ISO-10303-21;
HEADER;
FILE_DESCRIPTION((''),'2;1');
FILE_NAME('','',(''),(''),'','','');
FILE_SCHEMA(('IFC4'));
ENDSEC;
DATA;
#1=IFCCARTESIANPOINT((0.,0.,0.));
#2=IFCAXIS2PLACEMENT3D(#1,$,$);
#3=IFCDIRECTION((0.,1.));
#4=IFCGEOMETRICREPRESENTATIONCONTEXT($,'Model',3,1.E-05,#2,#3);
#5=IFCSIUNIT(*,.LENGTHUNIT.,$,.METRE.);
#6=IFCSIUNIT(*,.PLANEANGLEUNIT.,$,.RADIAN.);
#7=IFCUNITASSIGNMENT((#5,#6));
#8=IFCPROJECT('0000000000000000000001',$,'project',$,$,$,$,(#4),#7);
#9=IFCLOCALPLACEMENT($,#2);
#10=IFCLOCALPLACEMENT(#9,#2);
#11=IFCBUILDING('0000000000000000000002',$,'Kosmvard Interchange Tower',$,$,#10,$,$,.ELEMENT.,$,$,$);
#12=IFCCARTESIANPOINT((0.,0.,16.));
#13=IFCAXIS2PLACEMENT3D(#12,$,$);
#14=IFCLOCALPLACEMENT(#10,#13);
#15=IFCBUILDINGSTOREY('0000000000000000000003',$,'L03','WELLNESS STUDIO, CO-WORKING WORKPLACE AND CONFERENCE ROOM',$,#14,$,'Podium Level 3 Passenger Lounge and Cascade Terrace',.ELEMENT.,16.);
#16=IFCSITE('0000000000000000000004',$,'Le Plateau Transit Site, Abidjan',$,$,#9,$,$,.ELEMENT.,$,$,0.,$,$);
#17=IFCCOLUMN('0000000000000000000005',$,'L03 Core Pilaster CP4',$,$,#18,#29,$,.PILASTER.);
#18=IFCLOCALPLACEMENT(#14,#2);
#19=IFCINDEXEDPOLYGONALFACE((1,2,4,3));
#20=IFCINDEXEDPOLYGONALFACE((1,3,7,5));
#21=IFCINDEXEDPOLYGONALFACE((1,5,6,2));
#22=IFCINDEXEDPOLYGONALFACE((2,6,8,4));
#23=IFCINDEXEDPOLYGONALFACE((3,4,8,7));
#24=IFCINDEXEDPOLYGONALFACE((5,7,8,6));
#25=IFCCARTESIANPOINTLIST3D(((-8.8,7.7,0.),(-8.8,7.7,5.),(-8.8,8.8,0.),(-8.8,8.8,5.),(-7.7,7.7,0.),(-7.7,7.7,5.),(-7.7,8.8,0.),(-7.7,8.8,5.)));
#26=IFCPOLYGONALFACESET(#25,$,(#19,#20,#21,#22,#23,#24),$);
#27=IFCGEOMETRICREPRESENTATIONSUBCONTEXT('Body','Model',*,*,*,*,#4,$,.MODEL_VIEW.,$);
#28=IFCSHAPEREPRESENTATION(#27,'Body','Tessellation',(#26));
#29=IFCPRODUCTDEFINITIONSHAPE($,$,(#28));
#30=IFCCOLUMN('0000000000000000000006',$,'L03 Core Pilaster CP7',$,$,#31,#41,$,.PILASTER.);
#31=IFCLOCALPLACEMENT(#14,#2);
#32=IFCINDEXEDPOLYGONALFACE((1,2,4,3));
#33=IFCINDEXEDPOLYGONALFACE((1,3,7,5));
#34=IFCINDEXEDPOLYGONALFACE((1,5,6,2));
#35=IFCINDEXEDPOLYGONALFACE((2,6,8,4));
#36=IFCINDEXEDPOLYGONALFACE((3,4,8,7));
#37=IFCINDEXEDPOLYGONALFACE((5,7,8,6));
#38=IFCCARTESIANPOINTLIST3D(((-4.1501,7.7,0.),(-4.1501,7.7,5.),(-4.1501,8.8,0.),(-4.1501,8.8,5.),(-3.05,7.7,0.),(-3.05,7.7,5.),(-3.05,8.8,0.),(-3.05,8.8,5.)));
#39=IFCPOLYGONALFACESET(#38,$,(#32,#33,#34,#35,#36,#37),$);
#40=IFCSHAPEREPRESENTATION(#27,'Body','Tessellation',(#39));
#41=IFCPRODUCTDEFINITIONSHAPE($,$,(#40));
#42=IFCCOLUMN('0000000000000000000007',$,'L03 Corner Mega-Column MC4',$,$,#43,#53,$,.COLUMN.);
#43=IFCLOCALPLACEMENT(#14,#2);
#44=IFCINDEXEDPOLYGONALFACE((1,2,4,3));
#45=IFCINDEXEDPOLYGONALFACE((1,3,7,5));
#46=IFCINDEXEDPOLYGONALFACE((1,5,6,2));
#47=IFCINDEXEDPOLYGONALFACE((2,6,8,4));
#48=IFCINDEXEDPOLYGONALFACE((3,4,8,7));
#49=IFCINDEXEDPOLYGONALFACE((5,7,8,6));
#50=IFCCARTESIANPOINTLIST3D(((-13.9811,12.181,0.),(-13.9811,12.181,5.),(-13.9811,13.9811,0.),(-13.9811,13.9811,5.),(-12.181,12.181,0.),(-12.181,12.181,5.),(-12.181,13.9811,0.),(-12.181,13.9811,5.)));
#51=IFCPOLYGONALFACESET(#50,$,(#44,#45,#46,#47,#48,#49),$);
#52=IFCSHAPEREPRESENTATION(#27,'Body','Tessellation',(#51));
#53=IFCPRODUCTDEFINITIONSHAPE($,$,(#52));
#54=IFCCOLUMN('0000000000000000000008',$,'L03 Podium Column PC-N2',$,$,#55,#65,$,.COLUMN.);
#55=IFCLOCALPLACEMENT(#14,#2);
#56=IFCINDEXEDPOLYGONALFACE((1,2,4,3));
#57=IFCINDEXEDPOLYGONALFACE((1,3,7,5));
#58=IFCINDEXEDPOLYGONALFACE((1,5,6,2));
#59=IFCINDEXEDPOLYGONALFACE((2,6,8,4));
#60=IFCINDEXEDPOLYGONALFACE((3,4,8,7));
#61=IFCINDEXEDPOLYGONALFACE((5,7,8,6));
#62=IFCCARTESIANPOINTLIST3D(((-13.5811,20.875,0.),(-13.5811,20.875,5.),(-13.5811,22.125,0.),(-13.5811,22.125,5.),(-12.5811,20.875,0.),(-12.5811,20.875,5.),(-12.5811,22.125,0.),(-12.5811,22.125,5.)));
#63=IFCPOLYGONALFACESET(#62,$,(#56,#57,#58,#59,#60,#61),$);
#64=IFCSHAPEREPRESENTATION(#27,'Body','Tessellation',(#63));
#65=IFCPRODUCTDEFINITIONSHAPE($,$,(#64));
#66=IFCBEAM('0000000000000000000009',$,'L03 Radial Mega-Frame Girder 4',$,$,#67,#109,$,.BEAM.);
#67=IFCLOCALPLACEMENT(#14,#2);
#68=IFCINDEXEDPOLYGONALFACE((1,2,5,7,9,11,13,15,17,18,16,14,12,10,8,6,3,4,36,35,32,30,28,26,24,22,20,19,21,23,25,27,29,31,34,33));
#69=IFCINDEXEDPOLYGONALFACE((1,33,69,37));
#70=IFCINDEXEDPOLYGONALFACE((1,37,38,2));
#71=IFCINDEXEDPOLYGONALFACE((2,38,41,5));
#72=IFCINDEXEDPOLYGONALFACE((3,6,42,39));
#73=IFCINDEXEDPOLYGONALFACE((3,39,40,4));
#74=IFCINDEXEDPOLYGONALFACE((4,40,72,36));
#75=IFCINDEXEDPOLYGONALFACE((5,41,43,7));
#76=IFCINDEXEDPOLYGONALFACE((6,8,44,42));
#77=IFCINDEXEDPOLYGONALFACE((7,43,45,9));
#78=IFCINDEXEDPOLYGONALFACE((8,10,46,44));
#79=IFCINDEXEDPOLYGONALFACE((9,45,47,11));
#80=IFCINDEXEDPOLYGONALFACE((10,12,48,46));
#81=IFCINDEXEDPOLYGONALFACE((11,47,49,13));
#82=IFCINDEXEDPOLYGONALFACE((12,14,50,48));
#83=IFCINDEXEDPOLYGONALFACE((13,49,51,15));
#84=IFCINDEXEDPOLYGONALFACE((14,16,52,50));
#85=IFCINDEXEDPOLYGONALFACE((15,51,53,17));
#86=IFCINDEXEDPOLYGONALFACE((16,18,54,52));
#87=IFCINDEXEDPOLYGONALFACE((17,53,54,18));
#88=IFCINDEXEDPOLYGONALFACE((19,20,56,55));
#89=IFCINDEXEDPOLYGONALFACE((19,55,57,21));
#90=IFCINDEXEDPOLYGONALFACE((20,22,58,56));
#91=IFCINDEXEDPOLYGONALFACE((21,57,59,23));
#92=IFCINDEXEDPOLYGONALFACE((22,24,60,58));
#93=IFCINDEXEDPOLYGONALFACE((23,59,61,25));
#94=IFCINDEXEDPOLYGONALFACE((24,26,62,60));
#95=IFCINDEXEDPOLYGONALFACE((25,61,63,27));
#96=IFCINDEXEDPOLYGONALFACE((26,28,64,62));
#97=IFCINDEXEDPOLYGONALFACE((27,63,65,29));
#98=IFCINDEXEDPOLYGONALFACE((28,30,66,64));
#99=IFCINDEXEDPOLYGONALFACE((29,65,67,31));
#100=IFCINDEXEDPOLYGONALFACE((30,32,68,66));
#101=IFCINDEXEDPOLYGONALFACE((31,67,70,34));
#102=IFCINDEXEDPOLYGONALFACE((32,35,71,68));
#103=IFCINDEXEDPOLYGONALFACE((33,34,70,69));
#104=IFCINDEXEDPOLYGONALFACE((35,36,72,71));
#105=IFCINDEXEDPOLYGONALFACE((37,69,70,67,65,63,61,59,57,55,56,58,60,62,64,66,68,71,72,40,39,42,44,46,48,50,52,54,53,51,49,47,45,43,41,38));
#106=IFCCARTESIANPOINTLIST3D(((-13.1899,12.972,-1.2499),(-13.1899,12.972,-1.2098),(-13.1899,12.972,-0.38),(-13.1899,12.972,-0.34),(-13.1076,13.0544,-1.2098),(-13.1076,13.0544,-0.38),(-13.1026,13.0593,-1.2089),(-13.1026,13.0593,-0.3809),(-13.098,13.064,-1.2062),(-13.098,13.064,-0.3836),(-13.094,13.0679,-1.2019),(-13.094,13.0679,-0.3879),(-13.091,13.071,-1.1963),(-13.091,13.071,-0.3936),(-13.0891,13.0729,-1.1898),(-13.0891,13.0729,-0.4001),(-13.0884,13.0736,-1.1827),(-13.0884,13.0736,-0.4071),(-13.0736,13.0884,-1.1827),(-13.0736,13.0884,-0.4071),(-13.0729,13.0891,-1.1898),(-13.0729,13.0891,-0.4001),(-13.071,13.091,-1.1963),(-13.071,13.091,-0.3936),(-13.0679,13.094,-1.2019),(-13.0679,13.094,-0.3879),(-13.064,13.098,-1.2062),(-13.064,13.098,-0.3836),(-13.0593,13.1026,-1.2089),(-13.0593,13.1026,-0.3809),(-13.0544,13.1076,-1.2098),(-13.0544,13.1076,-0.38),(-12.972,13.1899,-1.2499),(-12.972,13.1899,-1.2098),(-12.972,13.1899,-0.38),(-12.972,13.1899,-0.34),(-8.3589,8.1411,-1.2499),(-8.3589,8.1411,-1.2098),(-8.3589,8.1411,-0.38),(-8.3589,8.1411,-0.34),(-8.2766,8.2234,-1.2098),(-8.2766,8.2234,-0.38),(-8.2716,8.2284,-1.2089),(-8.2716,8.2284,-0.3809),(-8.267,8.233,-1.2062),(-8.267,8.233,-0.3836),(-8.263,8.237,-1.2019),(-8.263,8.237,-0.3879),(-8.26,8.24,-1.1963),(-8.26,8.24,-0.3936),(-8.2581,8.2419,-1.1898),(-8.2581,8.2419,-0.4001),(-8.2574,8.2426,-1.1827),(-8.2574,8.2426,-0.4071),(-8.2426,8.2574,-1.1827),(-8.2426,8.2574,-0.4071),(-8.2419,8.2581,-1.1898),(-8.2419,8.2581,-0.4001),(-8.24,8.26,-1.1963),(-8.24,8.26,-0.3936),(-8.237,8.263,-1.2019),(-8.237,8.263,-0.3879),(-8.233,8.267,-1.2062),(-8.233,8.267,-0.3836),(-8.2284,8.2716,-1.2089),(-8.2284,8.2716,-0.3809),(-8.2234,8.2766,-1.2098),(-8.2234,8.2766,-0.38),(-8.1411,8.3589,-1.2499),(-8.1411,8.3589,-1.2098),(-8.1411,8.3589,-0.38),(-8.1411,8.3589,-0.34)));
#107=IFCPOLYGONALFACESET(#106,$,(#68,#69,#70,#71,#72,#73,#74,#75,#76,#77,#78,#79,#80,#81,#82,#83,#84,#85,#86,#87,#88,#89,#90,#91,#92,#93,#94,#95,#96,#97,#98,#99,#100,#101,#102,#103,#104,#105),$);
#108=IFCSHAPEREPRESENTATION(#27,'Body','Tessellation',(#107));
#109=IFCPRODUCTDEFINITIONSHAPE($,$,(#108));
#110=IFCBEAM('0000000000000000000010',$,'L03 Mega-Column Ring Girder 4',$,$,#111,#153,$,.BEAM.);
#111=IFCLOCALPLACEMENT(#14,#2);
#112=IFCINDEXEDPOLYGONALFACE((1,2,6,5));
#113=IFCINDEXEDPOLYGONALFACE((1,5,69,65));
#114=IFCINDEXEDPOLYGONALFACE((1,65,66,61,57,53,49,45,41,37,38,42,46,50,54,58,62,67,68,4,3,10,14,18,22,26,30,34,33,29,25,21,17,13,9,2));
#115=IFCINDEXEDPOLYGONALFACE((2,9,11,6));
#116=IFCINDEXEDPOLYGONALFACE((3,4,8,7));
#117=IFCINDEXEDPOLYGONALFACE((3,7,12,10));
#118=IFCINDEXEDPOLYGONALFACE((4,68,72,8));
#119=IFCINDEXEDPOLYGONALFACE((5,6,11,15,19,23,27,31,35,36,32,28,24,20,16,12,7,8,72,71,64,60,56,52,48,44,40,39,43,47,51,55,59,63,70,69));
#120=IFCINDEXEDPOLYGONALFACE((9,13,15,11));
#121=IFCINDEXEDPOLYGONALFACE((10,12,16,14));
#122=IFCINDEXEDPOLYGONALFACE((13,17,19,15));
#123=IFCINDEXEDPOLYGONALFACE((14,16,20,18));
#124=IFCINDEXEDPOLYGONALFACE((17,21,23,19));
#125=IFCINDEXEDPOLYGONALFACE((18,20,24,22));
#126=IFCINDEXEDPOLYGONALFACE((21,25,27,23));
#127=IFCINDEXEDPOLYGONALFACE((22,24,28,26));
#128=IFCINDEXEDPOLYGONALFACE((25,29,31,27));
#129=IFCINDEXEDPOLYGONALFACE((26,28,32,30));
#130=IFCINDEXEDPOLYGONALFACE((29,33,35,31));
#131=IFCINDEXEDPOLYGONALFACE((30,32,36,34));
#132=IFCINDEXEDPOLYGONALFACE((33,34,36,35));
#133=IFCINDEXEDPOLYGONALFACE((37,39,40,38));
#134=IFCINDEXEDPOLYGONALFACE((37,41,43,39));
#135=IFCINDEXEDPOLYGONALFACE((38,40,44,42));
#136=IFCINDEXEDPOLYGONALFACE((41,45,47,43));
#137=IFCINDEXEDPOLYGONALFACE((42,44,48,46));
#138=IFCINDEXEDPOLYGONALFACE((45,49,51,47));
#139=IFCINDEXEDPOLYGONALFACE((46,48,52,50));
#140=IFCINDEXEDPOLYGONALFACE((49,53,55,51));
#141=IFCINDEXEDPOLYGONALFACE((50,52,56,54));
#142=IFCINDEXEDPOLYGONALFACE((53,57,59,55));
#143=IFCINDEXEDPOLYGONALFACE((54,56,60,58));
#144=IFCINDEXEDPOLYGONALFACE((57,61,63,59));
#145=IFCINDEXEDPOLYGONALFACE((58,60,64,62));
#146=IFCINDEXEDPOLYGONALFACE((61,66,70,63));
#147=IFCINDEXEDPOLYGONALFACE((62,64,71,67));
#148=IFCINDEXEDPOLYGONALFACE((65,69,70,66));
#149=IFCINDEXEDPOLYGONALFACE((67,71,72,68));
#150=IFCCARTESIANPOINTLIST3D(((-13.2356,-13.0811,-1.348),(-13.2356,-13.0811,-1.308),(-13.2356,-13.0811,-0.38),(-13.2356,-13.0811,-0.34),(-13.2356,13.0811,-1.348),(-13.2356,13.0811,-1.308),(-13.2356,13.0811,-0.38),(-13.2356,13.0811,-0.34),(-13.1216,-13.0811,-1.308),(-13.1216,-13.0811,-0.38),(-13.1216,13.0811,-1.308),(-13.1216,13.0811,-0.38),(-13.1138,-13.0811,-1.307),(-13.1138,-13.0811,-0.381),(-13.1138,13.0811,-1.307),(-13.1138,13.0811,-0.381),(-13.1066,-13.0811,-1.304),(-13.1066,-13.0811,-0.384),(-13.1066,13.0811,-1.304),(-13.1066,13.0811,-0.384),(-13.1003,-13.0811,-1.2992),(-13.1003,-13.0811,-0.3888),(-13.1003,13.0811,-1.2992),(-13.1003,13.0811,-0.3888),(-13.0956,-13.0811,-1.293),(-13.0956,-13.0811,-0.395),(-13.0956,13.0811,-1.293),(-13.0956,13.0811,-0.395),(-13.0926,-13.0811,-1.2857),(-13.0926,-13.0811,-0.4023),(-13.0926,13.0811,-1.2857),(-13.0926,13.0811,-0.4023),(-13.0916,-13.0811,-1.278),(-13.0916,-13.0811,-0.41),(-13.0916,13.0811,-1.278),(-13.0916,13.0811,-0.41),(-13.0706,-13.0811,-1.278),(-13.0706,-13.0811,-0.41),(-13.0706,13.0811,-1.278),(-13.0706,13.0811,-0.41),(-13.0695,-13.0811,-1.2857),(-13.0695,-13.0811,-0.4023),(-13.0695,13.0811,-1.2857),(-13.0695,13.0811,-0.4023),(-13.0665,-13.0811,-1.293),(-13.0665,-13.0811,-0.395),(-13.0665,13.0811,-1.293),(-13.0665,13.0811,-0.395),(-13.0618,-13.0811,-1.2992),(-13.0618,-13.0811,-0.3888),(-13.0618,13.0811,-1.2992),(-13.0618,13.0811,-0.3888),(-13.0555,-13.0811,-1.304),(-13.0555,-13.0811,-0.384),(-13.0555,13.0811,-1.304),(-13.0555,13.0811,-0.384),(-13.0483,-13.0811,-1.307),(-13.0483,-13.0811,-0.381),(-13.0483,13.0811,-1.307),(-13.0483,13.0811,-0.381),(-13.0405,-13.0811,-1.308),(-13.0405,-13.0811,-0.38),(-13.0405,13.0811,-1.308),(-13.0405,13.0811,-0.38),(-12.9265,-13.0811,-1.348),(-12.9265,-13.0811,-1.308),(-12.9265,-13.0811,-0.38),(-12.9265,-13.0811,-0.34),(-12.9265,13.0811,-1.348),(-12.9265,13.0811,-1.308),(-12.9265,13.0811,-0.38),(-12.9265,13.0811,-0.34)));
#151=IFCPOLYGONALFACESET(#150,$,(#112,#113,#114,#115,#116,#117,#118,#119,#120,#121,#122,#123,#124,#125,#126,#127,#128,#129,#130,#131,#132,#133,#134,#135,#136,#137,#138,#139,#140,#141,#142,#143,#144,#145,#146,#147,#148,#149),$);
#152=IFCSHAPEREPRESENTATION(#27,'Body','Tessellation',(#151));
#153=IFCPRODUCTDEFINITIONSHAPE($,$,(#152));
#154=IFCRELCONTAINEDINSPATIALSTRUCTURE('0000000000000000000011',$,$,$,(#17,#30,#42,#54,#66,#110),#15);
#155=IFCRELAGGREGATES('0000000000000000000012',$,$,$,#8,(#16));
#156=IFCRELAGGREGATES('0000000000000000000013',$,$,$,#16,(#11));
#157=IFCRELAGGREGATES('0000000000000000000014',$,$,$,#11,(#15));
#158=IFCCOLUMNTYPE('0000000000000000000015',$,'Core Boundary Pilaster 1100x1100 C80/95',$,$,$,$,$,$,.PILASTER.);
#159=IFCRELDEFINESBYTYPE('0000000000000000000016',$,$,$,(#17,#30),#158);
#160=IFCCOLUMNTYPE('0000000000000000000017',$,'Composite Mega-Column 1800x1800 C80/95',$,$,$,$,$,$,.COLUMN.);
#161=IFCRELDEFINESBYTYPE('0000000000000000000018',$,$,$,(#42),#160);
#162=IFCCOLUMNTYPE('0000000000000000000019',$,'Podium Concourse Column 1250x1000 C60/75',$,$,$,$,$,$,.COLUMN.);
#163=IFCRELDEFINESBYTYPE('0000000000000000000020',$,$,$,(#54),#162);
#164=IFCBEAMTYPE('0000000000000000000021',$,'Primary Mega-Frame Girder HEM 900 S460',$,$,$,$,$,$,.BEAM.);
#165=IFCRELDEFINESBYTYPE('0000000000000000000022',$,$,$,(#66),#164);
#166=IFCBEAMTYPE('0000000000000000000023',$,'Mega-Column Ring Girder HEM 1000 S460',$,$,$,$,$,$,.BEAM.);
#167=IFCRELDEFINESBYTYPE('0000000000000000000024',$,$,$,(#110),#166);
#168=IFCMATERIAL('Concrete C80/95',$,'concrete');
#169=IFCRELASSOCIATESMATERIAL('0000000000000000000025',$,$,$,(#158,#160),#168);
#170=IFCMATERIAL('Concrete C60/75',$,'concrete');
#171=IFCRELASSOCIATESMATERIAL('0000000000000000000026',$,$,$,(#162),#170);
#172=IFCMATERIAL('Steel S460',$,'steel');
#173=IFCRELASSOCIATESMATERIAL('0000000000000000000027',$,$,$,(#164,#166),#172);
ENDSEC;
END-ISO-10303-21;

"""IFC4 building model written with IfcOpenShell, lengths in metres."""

from ifc_helpers import new_model, si_unit, direction, frame, origin, origin_2d, place, context, subcontext, project, spatial, rectangle, i_section, extrude, source, transform, mapped, material, material_profile, profile_set, type_object, element, save


model = new_model("IFC4")

# Units and contexts
model_context = context("Model", 3, precision=1e-05, world=origin(), true_north=direction((0.0, 1.0)))
body_context = subcontext(model_context, "Body", "Model", "MODEL_VIEW")
ifc_project = project(units=[si_unit("LENGTHUNIT", "METRE"), si_unit("PLANEANGLEUNIT", "RADIAN")], contexts=[model_context])

# Site, building, storey
site_placement = place(None, origin())
site = spatial("IfcSite", under=ifc_project, at=site_placement, Name="Le Plateau Transit Site, Abidjan", CompositionType="ELEMENT", RefElevation=0.0)
building_placement = place(site_placement, origin())
building = spatial("IfcBuilding", under=site, at=building_placement, Name="Kosmvard Interchange Tower", CompositionType="ELEMENT")
storey_placement = place(building_placement, frame((0.0, 0.0, 16.0)))
storey = spatial("IfcBuildingStorey", under=building, at=storey_placement, Name="L03", Description="WELLNESS STUDIO, CO-WORKING WORKPLACE AND CONFERENCE ROOM", LongName="Podium Level 3 Passenger Lounge and Cascade Terrace", CompositionType="ELEMENT", Elevation=16.0)

# Columns
ifc_material_1 = material(Name="Concrete C80/95", Category="concrete")
ifc_material_profile_1 = material_profile(ifc_material_1, rectangle(XDim=1.1001, YDim=1.1001, at=origin_2d()), Name="CP 1100x1100")
ifc_profile_set_1 = profile_set([ifc_material_profile_1], Name="Concrete C80/95")
column_type_1 = type_object("IfcColumnType", Name="Core Boundary Pilaster 1100x1100 C80/95", PredefinedType="PILASTER", material=ifc_profile_set_1)
shared_shape_1 = source(origin(), body_context, "Body", "SweptSolid", [
    extrude(rectangle(XDim=1.1001, YDim=1.1001, at=origin_2d()), origin(), (0.0, 0.0, 1.0), 5.0),
])
for number, where, z_axis, x_axis, name in (
    (1, (-8.25, 8.25, 0.0), (0.0, 0.0, 1.0), (1.0, 0.0, 0.0), "L03 Core Pilaster CP4"),
    (2, (-3.6001, 8.25, 0.0), (0.0, 0.0, 1.0), (1.0, 0.0, 0.0), "L03 Core Pilaster CP7"),
):
    element("IfcColumn", number, at=place(storey_placement, frame(where, z_axis=z_axis, x_axis=x_axis)), inside=storey, type_object=column_type_1, Name=name, PredefinedType="PILASTER", context=body_context, shape_type="MappedRepresentation", body=[
        mapped(shared_shape_1, transform((0.0, 0.0, 0.0), scale=1.0)),
    ])
ifc_material_profile_2 = material_profile(ifc_material_1, rectangle(XDim=1.8, YDim=1.8, at=origin_2d()), Name="MC 1800x1800")
ifc_profile_set_2 = profile_set([ifc_material_profile_2], Name="Concrete C80/95")
column_type_2 = type_object("IfcColumnType", Name="Composite Mega-Column 1800x1800 C80/95", PredefinedType="COLUMN", material=ifc_profile_set_2)
shared_shape_2 = source(origin(), body_context, "Body", "SweptSolid", [
    extrude(rectangle(XDim=1.8, YDim=1.8, at=origin_2d()), origin(), (0.0, 0.0, 1.0), 5.0),
])
column_1_placement = place(storey_placement, frame((-13.0811, 13.0811, 0.0), z_axis=(0.0, 0.0, 1.0), x_axis=(1.0, 0.0, 0.0)))
element("IfcColumn", 3, at=column_1_placement, inside=storey, type_object=column_type_2, Name="L03 Corner Mega-Column MC4", PredefinedType="COLUMN", context=body_context, shape_type="MappedRepresentation", body=[
    mapped(shared_shape_2, transform((0.0, 0.0, 0.0), scale=1.0)),
])
ifc_material_2 = material(Name="Concrete C60/75", Category="concrete")
ifc_material_profile_3 = material_profile(ifc_material_2, rectangle(XDim=1.0, YDim=1.25, at=origin_2d()), Name="PC 1250x1000")
ifc_profile_set_3 = profile_set([ifc_material_profile_3], Name="Concrete C60/75")
column_type_3 = type_object("IfcColumnType", Name="Podium Concourse Column 1250x1000 C60/75", PredefinedType="COLUMN", material=ifc_profile_set_3)
shared_shape_3 = source(origin(), body_context, "Body", "SweptSolid", [
    extrude(rectangle(XDim=1.0, YDim=1.25, at=origin_2d()), origin(), (0.0, 0.0, 1.0), 5.0),
])
column_2_placement = place(storey_placement, frame((-13.0811, 21.5, 0.0), z_axis=(0.0, 0.0, 1.0), x_axis=(1.0, 0.0, 0.0)))
element("IfcColumn", 4, at=column_2_placement, inside=storey, type_object=column_type_3, Name="L03 Podium Column PC-N2", PredefinedType="COLUMN", context=body_context, shape_type="MappedRepresentation", body=[
    mapped(shared_shape_3, transform((0.0, 0.0, 0.0), scale=1.0)),
])

# Beams
ifc_material_3 = material(Name="Steel S460", Category="steel")
ifc_material_profile_4 = material_profile(ifc_material_3, i_section(OverallWidth=0.3081, OverallDepth=0.9099, WebThickness=0.021, FlangeThickness=0.04, FilletRadius=0.0271, at=origin_2d()), Name="HEM 900")
ifc_profile_set_4 = profile_set([ifc_material_profile_4], Name="Steel S460")
beam_type_1 = type_object("IfcBeamType", Name="Primary Mega-Frame Girder HEM 900 S460", PredefinedType="BEAM", material=ifc_profile_set_4)
shared_shape_4 = source(origin(), body_context, "Body", "SweptSolid", [
    extrude(i_section(OverallWidth=0.3081, OverallDepth=0.9099, WebThickness=0.021, FlangeThickness=0.04, FilletRadius=0.0271, at=origin_2d()), origin(), (0.0, 0.0, 1.0), 6.832),
])
beam_1_placement = place(storey_placement, frame((-8.25, 8.25, -0.7949), z_axis=(-0.707107, 0.707107, 0.0), x_axis=(-0.707107, -0.707107, 0.0)))
element("IfcBeam", 5, at=beam_1_placement, inside=storey, type_object=beam_type_1, Name="L03 Radial Mega-Frame Girder 4", PredefinedType="BEAM", context=body_context, shape_type="MappedRepresentation", body=[
    mapped(shared_shape_4, transform((0.0, 0.0, 0.0), scale=1.0)),
])
ifc_material_profile_5 = material_profile(ifc_material_3, i_section(OverallWidth=0.3091, OverallDepth=1.0081, WebThickness=0.021, FlangeThickness=0.04, FilletRadius=0.03, at=origin_2d()), Name="HEM 1000")
ifc_profile_set_5 = profile_set([ifc_material_profile_5], Name="Steel S460")
beam_type_2 = type_object("IfcBeamType", Name="Mega-Column Ring Girder HEM 1000 S460", PredefinedType="BEAM", material=ifc_profile_set_5)
shared_shape_5 = source(origin(), body_context, "Body", "SweptSolid", [
    extrude(i_section(OverallWidth=0.3091, OverallDepth=1.0081, WebThickness=0.021, FlangeThickness=0.04, FilletRadius=0.03, at=origin_2d()), origin(), (0.0, 0.0, 1.0), 26.1621),
])
beam_2_placement = place(storey_placement, frame((-13.0811, 13.0811, -0.844), z_axis=(0.0, -1.0, 0.0), x_axis=(1.0, 0.0, 0.0)))
element("IfcBeam", 6, at=beam_2_placement, inside=storey, type_object=beam_type_2, Name="L03 Mega-Column Ring Girder 4", PredefinedType="BEAM", context=body_context, shape_type="MappedRepresentation", body=[
    mapped(shared_shape_5, transform((0.0, 0.0, 0.0), scale=1.0)),
])

save(model, "model.ifc")
